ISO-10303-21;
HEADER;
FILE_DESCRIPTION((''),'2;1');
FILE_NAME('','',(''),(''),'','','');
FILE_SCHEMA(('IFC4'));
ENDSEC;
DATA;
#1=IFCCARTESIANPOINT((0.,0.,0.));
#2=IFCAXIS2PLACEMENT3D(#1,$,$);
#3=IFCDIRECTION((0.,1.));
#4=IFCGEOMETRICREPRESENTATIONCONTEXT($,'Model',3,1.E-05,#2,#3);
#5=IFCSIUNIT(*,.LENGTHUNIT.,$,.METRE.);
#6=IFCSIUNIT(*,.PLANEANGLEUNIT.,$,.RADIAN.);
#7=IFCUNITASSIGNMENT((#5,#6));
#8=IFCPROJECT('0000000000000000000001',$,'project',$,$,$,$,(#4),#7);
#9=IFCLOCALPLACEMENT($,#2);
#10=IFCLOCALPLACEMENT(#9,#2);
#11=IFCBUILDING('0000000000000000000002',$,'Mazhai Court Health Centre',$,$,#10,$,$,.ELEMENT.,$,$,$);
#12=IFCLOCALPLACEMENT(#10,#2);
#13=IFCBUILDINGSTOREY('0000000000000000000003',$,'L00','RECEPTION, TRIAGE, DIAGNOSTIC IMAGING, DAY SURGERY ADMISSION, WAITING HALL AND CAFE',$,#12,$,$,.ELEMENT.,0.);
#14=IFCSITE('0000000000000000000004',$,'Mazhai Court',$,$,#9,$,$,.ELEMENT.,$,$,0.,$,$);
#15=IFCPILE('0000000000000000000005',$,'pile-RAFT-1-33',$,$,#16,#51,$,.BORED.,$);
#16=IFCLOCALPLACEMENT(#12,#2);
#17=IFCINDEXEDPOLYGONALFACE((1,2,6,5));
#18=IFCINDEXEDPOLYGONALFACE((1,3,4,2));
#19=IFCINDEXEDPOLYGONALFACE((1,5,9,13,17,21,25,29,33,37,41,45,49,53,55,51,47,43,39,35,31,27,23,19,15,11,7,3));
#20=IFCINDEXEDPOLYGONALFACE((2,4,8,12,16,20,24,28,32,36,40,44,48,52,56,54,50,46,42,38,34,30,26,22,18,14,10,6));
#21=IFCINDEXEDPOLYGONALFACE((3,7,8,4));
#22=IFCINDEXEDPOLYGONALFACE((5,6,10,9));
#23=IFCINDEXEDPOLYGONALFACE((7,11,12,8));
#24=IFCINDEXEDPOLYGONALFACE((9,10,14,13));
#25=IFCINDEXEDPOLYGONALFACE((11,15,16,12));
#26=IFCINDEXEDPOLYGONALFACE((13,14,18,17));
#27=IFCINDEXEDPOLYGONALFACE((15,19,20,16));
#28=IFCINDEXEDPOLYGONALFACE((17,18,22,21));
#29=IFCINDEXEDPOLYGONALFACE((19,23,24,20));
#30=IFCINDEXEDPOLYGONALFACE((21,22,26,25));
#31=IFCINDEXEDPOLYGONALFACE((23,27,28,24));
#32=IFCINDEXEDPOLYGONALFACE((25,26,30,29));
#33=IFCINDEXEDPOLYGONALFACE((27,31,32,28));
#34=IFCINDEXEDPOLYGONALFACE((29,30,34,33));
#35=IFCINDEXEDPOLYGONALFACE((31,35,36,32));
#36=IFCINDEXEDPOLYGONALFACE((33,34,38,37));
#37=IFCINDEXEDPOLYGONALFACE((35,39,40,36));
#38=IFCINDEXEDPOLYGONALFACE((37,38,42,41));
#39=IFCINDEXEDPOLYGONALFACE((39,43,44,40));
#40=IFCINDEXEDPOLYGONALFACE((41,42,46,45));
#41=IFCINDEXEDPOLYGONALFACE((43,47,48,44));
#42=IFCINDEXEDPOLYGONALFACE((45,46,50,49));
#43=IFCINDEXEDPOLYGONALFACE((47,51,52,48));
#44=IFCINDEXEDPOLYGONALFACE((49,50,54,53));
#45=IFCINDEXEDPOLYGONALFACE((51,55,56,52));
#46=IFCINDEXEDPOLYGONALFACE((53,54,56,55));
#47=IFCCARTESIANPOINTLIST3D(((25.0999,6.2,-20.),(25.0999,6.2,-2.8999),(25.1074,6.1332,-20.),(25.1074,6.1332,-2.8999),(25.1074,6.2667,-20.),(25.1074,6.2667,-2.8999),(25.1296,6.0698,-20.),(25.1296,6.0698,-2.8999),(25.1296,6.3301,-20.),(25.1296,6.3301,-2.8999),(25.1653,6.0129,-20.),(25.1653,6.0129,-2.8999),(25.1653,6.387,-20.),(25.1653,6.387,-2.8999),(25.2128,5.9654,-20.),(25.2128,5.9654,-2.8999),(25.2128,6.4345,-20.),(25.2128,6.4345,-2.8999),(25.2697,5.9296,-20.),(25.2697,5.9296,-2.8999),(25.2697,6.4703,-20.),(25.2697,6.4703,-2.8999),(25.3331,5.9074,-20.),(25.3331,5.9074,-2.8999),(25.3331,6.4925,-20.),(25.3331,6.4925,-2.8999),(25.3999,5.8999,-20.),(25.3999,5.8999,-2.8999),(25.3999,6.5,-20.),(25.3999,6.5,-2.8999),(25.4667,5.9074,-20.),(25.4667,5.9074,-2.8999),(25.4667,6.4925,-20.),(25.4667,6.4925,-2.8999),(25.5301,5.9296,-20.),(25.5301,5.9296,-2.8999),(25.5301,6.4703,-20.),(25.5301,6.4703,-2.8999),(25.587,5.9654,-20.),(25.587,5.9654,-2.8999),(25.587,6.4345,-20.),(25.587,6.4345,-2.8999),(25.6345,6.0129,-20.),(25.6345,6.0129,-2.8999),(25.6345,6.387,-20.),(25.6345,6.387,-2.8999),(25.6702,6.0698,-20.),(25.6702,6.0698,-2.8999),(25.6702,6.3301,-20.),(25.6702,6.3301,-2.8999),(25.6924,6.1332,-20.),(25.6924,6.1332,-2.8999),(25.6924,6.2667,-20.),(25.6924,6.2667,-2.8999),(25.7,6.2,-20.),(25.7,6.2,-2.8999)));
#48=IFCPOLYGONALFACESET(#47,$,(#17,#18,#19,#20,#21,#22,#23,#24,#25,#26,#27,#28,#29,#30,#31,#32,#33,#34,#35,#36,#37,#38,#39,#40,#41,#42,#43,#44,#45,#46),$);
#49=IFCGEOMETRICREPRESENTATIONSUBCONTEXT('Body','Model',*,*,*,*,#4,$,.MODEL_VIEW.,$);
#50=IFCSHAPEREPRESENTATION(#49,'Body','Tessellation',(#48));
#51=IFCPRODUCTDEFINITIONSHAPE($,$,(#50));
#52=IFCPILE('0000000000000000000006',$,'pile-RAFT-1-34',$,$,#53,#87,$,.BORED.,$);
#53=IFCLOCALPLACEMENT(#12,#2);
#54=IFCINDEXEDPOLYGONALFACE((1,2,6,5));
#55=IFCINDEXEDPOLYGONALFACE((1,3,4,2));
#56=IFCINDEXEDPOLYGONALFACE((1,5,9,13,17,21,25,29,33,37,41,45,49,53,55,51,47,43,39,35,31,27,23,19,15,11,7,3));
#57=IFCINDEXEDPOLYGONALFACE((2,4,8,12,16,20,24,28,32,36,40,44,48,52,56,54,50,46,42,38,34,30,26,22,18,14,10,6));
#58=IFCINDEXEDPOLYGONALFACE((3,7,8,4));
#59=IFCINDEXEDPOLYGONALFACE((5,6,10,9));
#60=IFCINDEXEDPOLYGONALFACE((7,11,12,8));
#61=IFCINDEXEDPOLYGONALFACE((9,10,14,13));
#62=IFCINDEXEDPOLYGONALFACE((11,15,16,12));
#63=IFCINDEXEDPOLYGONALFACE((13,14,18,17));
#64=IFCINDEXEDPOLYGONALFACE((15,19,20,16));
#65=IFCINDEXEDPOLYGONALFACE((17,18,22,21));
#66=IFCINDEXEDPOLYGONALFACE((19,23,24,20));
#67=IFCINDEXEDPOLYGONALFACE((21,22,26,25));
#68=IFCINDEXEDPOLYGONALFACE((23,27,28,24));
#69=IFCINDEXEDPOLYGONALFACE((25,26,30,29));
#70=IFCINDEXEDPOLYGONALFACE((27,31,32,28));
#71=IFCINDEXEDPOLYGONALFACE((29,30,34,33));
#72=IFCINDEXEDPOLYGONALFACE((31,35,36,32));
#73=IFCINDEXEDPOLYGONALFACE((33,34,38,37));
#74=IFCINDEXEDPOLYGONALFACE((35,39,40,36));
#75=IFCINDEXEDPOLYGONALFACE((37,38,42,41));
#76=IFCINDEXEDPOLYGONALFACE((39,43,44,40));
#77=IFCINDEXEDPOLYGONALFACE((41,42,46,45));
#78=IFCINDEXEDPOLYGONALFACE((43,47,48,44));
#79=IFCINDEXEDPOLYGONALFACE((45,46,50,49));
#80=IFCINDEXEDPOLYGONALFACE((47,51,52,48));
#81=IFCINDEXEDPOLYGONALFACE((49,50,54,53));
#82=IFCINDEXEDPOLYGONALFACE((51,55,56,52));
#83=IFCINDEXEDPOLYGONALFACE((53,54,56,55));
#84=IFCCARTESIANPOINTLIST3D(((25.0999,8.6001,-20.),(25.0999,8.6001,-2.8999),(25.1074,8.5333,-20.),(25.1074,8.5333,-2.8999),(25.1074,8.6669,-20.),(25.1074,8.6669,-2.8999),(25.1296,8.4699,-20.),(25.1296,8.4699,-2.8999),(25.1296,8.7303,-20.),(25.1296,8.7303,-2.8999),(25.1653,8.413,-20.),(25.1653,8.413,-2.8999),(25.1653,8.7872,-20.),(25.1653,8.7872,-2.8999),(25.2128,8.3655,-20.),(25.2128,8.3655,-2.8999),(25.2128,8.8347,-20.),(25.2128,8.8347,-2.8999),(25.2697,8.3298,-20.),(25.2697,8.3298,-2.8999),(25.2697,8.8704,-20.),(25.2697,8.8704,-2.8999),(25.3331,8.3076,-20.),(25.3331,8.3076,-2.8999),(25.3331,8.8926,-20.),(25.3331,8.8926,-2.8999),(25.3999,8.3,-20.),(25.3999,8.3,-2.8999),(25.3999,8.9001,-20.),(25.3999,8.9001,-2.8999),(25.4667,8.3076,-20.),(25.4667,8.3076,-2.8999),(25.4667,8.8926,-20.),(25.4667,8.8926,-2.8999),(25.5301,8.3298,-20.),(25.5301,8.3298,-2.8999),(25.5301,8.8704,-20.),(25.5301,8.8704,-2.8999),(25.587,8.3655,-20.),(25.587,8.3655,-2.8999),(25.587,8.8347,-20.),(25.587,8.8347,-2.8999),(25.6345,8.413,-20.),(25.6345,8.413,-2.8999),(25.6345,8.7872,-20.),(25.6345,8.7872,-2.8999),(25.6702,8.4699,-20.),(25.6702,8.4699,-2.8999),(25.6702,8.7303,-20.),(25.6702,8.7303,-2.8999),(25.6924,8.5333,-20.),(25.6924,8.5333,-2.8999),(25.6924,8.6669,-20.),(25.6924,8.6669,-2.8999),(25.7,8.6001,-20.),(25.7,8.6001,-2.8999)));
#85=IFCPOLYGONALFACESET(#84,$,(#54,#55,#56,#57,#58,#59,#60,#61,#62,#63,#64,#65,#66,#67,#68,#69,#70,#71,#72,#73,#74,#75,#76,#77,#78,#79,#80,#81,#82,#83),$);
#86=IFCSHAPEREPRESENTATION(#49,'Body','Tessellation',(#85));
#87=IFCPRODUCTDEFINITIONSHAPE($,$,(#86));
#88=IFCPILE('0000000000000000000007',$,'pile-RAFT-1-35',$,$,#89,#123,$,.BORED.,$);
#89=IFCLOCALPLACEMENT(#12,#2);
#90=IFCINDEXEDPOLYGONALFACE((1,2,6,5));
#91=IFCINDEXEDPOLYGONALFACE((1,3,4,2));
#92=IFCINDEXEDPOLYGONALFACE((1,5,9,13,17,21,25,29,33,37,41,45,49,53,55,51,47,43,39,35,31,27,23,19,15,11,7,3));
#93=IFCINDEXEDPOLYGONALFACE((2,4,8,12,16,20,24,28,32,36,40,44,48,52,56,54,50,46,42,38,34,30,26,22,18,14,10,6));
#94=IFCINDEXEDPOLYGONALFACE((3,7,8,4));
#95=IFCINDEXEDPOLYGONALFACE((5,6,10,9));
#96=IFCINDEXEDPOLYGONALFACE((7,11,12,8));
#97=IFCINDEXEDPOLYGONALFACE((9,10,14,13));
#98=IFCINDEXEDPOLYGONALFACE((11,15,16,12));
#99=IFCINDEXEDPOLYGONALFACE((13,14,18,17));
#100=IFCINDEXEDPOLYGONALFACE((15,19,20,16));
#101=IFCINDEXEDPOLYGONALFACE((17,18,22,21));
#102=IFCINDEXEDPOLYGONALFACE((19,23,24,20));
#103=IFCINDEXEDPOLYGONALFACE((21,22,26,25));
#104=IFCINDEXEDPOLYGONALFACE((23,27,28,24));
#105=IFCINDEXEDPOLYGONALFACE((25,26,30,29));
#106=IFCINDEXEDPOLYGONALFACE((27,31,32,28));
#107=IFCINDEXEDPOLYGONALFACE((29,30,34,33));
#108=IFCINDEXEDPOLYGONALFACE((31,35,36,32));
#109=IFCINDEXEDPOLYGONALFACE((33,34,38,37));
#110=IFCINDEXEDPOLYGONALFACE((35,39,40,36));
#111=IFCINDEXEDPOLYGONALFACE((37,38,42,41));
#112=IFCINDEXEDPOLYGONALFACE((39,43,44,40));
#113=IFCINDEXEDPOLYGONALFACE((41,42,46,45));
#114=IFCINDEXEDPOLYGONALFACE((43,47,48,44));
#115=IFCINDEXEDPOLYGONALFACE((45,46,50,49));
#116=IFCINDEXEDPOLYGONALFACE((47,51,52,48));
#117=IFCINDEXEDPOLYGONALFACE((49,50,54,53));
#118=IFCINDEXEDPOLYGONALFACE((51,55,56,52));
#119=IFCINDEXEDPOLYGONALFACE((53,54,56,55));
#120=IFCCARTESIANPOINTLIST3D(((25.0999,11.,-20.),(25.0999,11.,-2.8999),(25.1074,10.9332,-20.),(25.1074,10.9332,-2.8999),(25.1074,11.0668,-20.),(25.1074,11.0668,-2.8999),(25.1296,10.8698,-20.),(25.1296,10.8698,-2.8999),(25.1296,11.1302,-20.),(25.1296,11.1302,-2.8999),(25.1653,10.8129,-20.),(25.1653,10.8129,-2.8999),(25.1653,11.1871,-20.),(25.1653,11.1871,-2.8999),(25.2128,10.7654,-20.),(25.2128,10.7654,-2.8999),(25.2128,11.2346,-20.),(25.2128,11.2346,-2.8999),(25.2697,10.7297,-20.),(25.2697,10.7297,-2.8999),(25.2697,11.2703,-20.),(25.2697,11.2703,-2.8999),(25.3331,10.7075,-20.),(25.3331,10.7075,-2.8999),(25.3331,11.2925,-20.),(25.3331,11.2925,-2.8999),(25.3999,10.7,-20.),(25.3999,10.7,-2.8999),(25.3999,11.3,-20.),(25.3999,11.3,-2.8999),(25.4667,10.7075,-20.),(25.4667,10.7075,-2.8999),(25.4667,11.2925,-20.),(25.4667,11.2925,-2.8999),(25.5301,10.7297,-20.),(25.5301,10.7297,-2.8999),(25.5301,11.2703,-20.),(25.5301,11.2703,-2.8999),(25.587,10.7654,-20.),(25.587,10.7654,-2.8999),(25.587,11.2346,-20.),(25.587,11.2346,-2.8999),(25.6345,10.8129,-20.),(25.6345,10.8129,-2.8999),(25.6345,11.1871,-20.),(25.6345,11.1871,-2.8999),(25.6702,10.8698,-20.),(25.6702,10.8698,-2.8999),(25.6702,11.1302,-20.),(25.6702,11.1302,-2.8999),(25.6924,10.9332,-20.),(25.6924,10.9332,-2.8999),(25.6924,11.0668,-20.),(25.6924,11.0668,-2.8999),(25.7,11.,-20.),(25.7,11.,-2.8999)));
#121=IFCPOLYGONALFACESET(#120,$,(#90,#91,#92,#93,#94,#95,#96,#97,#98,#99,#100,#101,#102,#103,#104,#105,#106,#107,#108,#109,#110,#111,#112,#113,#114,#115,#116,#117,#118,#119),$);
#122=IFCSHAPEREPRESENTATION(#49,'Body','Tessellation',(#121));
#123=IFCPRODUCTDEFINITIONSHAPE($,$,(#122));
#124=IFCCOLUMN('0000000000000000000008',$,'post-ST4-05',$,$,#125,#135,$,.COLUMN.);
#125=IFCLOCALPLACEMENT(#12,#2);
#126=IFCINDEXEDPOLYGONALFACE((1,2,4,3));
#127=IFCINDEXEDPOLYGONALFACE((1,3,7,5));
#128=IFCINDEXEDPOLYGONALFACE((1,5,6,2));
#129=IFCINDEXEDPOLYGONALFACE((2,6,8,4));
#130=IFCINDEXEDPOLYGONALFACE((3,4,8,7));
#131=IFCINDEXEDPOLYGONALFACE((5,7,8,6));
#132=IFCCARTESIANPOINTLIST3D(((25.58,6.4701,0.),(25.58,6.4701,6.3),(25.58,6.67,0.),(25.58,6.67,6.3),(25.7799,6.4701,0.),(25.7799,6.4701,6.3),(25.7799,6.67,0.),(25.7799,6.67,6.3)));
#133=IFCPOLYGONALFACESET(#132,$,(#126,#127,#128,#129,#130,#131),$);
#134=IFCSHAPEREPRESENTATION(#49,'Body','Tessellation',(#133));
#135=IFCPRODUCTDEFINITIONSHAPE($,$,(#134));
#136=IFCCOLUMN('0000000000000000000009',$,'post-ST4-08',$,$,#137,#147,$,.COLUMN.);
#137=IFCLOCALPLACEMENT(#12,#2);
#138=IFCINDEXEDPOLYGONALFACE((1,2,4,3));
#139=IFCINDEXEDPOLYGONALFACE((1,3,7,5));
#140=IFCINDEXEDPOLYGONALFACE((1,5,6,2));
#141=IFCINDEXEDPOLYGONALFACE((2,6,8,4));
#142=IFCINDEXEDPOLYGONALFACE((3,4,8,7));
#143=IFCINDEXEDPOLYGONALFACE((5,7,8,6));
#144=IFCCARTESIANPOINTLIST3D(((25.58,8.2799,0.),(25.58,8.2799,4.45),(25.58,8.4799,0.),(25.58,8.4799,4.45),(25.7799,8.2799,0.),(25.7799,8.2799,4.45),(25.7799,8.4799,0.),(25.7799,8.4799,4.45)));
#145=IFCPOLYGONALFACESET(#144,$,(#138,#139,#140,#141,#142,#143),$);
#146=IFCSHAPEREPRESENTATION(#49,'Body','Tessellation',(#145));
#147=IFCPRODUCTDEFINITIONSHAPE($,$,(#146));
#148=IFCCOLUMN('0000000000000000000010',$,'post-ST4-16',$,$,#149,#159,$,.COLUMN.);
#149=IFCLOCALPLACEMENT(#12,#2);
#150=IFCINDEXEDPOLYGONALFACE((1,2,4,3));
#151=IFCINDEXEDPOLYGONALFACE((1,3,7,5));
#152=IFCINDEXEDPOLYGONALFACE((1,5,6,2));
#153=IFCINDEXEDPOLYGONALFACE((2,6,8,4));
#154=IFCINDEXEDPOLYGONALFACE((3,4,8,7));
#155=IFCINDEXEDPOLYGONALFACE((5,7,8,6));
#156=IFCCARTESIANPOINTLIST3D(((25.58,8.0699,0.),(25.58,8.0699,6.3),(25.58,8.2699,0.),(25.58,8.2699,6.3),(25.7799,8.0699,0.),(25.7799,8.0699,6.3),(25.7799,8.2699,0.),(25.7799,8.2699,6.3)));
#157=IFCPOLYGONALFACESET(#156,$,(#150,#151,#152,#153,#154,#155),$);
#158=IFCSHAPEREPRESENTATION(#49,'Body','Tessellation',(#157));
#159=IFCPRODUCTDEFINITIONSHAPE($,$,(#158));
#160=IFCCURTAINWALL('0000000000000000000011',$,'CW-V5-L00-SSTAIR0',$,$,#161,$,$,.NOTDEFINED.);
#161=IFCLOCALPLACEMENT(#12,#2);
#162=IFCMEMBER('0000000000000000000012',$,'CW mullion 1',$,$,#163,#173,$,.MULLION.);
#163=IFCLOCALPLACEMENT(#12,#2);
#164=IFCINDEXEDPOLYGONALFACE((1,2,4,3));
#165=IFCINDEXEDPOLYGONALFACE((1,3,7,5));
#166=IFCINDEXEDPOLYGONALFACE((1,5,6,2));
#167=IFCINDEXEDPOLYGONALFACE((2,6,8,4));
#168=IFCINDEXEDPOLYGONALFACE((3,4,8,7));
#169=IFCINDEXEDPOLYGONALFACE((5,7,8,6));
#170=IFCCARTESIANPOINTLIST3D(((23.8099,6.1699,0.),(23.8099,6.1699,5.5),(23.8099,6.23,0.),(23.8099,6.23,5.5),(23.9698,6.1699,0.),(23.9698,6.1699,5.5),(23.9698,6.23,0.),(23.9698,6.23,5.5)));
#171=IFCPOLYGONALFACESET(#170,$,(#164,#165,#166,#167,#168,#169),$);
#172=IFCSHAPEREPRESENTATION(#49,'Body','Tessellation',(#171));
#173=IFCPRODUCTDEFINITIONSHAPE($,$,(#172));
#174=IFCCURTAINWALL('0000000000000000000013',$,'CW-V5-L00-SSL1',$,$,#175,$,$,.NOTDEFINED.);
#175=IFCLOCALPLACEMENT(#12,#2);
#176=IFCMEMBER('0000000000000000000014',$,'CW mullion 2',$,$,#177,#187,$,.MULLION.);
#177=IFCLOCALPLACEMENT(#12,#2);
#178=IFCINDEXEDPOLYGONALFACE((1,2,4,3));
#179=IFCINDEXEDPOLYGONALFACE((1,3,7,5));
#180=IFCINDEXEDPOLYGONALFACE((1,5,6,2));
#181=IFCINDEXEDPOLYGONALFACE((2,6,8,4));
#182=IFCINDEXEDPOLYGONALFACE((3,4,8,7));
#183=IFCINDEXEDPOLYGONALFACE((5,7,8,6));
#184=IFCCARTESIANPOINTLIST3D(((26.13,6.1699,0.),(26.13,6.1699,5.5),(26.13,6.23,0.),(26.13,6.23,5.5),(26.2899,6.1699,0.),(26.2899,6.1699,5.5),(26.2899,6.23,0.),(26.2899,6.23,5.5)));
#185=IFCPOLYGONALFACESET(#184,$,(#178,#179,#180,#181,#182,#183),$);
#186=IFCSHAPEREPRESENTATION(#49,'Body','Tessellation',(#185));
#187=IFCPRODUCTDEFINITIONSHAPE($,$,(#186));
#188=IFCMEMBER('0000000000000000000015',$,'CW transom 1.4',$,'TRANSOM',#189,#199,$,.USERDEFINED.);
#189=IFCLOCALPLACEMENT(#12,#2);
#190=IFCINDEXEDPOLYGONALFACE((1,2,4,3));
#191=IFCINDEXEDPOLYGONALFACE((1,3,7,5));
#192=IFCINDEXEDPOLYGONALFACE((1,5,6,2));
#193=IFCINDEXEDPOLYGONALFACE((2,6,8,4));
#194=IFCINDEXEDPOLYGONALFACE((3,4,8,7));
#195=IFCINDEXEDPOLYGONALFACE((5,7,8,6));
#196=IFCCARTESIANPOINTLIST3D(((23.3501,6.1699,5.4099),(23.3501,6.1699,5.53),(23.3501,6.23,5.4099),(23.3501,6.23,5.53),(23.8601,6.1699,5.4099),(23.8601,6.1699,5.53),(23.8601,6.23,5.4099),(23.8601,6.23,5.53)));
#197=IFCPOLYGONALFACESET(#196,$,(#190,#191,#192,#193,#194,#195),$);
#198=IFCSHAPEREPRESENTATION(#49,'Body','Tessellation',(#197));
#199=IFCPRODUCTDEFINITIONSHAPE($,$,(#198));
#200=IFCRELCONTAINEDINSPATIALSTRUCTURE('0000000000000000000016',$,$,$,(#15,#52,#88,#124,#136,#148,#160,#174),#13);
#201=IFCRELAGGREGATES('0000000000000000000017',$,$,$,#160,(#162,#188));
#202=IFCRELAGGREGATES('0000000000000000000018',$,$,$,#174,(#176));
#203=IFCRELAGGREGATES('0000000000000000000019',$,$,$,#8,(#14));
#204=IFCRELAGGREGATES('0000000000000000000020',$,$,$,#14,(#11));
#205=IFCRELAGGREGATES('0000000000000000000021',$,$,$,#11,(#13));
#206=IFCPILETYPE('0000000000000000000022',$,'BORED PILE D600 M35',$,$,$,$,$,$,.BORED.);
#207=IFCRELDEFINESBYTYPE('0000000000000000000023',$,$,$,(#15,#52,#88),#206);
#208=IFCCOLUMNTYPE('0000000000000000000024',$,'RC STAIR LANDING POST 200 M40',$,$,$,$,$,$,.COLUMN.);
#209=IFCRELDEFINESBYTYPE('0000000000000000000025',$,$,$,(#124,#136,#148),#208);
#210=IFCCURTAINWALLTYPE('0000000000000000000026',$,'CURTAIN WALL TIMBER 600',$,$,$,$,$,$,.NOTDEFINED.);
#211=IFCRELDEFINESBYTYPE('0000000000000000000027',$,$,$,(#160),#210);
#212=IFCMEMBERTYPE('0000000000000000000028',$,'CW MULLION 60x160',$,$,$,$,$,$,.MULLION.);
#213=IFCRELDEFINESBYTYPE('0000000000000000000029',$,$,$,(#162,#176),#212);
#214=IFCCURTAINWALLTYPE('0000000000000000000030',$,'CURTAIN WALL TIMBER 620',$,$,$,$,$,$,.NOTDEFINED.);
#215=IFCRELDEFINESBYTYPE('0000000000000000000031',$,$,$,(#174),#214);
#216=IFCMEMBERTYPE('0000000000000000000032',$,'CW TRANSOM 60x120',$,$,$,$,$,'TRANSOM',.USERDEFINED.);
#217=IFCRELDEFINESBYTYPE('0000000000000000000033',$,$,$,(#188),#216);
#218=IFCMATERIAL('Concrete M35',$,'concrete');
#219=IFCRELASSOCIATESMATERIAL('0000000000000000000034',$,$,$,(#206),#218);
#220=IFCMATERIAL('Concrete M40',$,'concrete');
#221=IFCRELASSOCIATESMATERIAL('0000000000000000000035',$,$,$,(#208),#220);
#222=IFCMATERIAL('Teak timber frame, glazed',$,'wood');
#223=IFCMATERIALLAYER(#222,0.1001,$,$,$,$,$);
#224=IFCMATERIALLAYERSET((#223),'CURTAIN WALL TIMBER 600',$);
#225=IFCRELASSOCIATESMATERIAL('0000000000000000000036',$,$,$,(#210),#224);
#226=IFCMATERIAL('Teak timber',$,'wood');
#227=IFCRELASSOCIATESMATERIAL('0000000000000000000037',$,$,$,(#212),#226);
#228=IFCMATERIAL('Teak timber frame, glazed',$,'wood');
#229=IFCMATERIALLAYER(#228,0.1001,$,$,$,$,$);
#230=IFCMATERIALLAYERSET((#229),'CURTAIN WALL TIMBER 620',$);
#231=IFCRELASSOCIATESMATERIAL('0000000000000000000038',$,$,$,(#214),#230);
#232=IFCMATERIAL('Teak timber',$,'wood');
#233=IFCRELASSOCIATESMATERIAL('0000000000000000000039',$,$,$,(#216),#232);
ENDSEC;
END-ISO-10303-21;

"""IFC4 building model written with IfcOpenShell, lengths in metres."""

from ifc_helpers import new_model, si_unit, direction, frame, origin, origin_2d, place, context, subcontext, project, spatial, rectangle, circle, extrude, material, layer, layer_set, material_profile, profile_set, type_object, element, aggregate, save


model = new_model("IFC4")

# Units and contexts
model_context = context("Model", 3, precision=1e-05, world=origin(), true_north=direction((0.0, 1.0)))
body_context = subcontext(model_context, "Body", "Model", "MODEL_VIEW")
ifc_project = project(units=[si_unit("LENGTHUNIT", "METRE"), si_unit("PLANEANGLEUNIT", "RADIAN")], contexts=[model_context])

# Site, building, storey
site_placement = place(None, origin())
site = spatial("IfcSite", under=ifc_project, at=site_placement, Name="Mazhai Court", CompositionType="ELEMENT", RefElevation=0.0)
building_placement = place(site_placement, origin())
building = spatial("IfcBuilding", under=site, at=building_placement, Name="Mazhai Court Health Centre", CompositionType="ELEMENT")
storey_placement = place(building_placement, origin())
storey = spatial("IfcBuildingStorey", under=building, at=storey_placement, Name="L00", Description="RECEPTION, TRIAGE, DIAGNOSTIC IMAGING, DAY SURGERY ADMISSION, WAITING HALL AND CAFE", CompositionType="ELEMENT", Elevation=0.0)

# Piles
ifc_material_1 = material(Name="Concrete M35", Category="concrete")
ifc_material_profile_1 = material_profile(ifc_material_1, circle(Radius=0.3, at=origin_2d()), Name="RC PILE D600")
ifc_profile_set_1 = profile_set([ifc_material_profile_1], Name="Concrete M35")
pile_type = type_object("IfcPileType", Name="BORED PILE D600 M35", PredefinedType="BORED", material=ifc_profile_set_1)
for number, where, z_axis, x_axis, name in (
    (1, (25.3999, 6.2, -2.8999), (0.0, 0.0, -1.0), (1.0, 0.0, 0.0), "pile-RAFT-1-33"),
    (2, (25.3999, 8.6001, -2.8999), (0.0, 0.0, -1.0), (1.0, 0.0, 0.0), "pile-RAFT-1-34"),
    (3, (25.3999, 11.0, -2.8999), (0.0, 0.0, -1.0), (1.0, 0.0, 0.0), "pile-RAFT-1-35"),
):
    element("IfcPile", number, at=place(storey_placement, frame(where, z_axis=z_axis, x_axis=x_axis)), inside=storey, type_object=pile_type, Name=name, PredefinedType="BORED", context=body_context, shape_type="SweptSolid", body=[
        extrude(circle(Radius=0.3, at=origin_2d()), origin(), (0.0, 0.0, 1.0), 17.1001),
    ])

# Columns
ifc_material_2 = material(Name="Concrete M40", Category="concrete")
ifc_material_profile_2 = material_profile(ifc_material_2, rectangle(XDim=0.2, YDim=0.2, at=origin_2d()), Name="RC 200x200")
ifc_profile_set_2 = profile_set([ifc_material_profile_2], Name="Concrete M40")
column_type = type_object("IfcColumnType", Name="RC STAIR LANDING POST 200 M40", PredefinedType="COLUMN", material=ifc_profile_set_2)
column_1_placement = place(storey_placement, frame((25.6799, 6.5701, 0.0), z_axis=(0.0, 0.0, 1.0), x_axis=(1.0, 0.0, 0.0)))
element("IfcColumn", 4, at=column_1_placement, inside=storey, type_object=column_type, Name="post-ST4-05", PredefinedType="COLUMN", context=body_context, shape_type="SweptSolid", body=[
    extrude(rectangle(XDim=0.2, YDim=0.2, at=origin_2d()), origin(), (0.0, 0.0, 1.0), 6.3),
])
column_2_placement = place(storey_placement, frame((25.6799, 8.3799, 0.0), z_axis=(0.0, 0.0, 1.0), x_axis=(1.0, 0.0, 0.0)))
element("IfcColumn", 5, at=column_2_placement, inside=storey, type_object=column_type, Name="post-ST4-08", PredefinedType="COLUMN", context=body_context, shape_type="SweptSolid", body=[
    extrude(rectangle(XDim=0.2, YDim=0.2, at=origin_2d()), origin(), (0.0, 0.0, 1.0), 4.45),
])
column_3_placement = place(storey_placement, frame((25.6799, 8.1699, 0.0), z_axis=(0.0, 0.0, 1.0), x_axis=(1.0, 0.0, 0.0)))
element("IfcColumn", 6, at=column_3_placement, inside=storey, type_object=column_type, Name="post-ST4-16", PredefinedType="COLUMN", context=body_context, shape_type="SweptSolid", body=[
    extrude(rectangle(XDim=0.2, YDim=0.2, at=origin_2d()), origin(), (0.0, 0.0, 1.0), 6.3),
])

# Curtain walls, members
ifc_material_3 = material(Name="Teak timber frame, glazed", Category="wood")
ifc_layer_1 = layer(ifc_material_3, 0.1001)
ifc_layer_set_1 = layer_set([ifc_layer_1], Name="CURTAIN WALL TIMBER 600")
curtain_wall_type_1 = type_object("IfcCurtainWallType", Name="CURTAIN WALL TIMBER 600", PredefinedType="NOTDEFINED", material=ifc_layer_set_1)
curtain_wall_1_placement = place(storey_placement, origin())
curtain_wall_1 = element("IfcCurtainWall", 7, at=curtain_wall_1_placement, inside=storey, type_object=curtain_wall_type_1, Name="CW-V5-L00-SSTAIR0", PredefinedType="NOTDEFINED")
ifc_material_4 = material(Name="Teak timber", Category="wood")
ifc_material_profile_3 = material_profile(ifc_material_4, rectangle(XDim=0.0601, YDim=0.1599, at=origin_2d()), Name="CW MULLION 60x160")
ifc_profile_set_3 = profile_set([ifc_material_profile_3], Name="Teak timber")
member_type_1 = type_object("IfcMemberType", Name="CW MULLION 60x160", PredefinedType="MULLION", material=ifc_profile_set_3)
member_1_placement = place(storey_placement, frame((23.8899, 6.2, 0.0), z_axis=(0.0, 0.0, 1.0), x_axis=(0.0, -1.0, 0.0)))
member_1 = element("IfcMember", 8, at=member_1_placement, type_object=member_type_1, Name="CW mullion 1", PredefinedType="MULLION", context=body_context, shape_type="SweptSolid", body=[
    extrude(rectangle(XDim=0.0601, YDim=0.1599, at=origin_2d()), origin(), (0.0, 0.0, 1.0), 5.5),
])
ifc_material_5 = material(Name="Teak timber frame, glazed", Category="wood")
ifc_layer_2 = layer(ifc_material_5, 0.1001)
ifc_layer_set_2 = layer_set([ifc_layer_2], Name="CURTAIN WALL TIMBER 620")
curtain_wall_type_2 = type_object("IfcCurtainWallType", Name="CURTAIN WALL TIMBER 620", PredefinedType="NOTDEFINED", material=ifc_layer_set_2)
curtain_wall_2_placement = place(storey_placement, origin())
curtain_wall_2 = element("IfcCurtainWall", 9, at=curtain_wall_2_placement, inside=storey, type_object=curtain_wall_type_2, Name="CW-V5-L00-SSL1", PredefinedType="NOTDEFINED")
member_2_placement = place(storey_placement, frame((26.21, 6.2, 0.0), z_axis=(0.0, 0.0, 1.0), x_axis=(0.0, -1.0, 0.0)))
member_2 = element("IfcMember", 10, at=member_2_placement, type_object=member_type_1, Name="CW mullion 2", PredefinedType="MULLION", context=body_context, shape_type="SweptSolid", body=[
    extrude(rectangle(XDim=0.0601, YDim=0.1599, at=origin_2d()), origin(), (0.0, 0.0, 1.0), 5.5),
])

# Member
ifc_material_6 = material(Name="Teak timber", Category="wood")
ifc_material_profile_4 = material_profile(ifc_material_6, rectangle(XDim=0.0601, YDim=0.1201, at=origin_2d()), Name="CW TRANSOM 60x120")
ifc_profile_set_4 = profile_set([ifc_material_profile_4], Name="Teak timber")
member_type_2 = type_object("IfcMemberType", Name="CW TRANSOM 60x120", ElementType="TRANSOM", PredefinedType="USERDEFINED", material=ifc_profile_set_4)
member_3_placement = place(storey_placement, frame((23.8601, 6.2, 5.47), z_axis=(-1.0, 0.0, 0.0), x_axis=(0.0, -1.0, 0.0)))
member_3 = element("IfcMember", 11, at=member_3_placement, type_object=member_type_2, Name="CW transom 1.4", ObjectType="TRANSOM", PredefinedType="USERDEFINED", context=body_context, shape_type="SweptSolid", body=[
    extrude(rectangle(XDim=0.0601, YDim=0.1201, at=origin_2d()), origin(), (0.0, 0.0, 1.0), 0.51),
])
aggregate(curtain_wall_1, [member_1, member_3])

aggregate(curtain_wall_2, [member_2])

save(model, "model.ifc")
